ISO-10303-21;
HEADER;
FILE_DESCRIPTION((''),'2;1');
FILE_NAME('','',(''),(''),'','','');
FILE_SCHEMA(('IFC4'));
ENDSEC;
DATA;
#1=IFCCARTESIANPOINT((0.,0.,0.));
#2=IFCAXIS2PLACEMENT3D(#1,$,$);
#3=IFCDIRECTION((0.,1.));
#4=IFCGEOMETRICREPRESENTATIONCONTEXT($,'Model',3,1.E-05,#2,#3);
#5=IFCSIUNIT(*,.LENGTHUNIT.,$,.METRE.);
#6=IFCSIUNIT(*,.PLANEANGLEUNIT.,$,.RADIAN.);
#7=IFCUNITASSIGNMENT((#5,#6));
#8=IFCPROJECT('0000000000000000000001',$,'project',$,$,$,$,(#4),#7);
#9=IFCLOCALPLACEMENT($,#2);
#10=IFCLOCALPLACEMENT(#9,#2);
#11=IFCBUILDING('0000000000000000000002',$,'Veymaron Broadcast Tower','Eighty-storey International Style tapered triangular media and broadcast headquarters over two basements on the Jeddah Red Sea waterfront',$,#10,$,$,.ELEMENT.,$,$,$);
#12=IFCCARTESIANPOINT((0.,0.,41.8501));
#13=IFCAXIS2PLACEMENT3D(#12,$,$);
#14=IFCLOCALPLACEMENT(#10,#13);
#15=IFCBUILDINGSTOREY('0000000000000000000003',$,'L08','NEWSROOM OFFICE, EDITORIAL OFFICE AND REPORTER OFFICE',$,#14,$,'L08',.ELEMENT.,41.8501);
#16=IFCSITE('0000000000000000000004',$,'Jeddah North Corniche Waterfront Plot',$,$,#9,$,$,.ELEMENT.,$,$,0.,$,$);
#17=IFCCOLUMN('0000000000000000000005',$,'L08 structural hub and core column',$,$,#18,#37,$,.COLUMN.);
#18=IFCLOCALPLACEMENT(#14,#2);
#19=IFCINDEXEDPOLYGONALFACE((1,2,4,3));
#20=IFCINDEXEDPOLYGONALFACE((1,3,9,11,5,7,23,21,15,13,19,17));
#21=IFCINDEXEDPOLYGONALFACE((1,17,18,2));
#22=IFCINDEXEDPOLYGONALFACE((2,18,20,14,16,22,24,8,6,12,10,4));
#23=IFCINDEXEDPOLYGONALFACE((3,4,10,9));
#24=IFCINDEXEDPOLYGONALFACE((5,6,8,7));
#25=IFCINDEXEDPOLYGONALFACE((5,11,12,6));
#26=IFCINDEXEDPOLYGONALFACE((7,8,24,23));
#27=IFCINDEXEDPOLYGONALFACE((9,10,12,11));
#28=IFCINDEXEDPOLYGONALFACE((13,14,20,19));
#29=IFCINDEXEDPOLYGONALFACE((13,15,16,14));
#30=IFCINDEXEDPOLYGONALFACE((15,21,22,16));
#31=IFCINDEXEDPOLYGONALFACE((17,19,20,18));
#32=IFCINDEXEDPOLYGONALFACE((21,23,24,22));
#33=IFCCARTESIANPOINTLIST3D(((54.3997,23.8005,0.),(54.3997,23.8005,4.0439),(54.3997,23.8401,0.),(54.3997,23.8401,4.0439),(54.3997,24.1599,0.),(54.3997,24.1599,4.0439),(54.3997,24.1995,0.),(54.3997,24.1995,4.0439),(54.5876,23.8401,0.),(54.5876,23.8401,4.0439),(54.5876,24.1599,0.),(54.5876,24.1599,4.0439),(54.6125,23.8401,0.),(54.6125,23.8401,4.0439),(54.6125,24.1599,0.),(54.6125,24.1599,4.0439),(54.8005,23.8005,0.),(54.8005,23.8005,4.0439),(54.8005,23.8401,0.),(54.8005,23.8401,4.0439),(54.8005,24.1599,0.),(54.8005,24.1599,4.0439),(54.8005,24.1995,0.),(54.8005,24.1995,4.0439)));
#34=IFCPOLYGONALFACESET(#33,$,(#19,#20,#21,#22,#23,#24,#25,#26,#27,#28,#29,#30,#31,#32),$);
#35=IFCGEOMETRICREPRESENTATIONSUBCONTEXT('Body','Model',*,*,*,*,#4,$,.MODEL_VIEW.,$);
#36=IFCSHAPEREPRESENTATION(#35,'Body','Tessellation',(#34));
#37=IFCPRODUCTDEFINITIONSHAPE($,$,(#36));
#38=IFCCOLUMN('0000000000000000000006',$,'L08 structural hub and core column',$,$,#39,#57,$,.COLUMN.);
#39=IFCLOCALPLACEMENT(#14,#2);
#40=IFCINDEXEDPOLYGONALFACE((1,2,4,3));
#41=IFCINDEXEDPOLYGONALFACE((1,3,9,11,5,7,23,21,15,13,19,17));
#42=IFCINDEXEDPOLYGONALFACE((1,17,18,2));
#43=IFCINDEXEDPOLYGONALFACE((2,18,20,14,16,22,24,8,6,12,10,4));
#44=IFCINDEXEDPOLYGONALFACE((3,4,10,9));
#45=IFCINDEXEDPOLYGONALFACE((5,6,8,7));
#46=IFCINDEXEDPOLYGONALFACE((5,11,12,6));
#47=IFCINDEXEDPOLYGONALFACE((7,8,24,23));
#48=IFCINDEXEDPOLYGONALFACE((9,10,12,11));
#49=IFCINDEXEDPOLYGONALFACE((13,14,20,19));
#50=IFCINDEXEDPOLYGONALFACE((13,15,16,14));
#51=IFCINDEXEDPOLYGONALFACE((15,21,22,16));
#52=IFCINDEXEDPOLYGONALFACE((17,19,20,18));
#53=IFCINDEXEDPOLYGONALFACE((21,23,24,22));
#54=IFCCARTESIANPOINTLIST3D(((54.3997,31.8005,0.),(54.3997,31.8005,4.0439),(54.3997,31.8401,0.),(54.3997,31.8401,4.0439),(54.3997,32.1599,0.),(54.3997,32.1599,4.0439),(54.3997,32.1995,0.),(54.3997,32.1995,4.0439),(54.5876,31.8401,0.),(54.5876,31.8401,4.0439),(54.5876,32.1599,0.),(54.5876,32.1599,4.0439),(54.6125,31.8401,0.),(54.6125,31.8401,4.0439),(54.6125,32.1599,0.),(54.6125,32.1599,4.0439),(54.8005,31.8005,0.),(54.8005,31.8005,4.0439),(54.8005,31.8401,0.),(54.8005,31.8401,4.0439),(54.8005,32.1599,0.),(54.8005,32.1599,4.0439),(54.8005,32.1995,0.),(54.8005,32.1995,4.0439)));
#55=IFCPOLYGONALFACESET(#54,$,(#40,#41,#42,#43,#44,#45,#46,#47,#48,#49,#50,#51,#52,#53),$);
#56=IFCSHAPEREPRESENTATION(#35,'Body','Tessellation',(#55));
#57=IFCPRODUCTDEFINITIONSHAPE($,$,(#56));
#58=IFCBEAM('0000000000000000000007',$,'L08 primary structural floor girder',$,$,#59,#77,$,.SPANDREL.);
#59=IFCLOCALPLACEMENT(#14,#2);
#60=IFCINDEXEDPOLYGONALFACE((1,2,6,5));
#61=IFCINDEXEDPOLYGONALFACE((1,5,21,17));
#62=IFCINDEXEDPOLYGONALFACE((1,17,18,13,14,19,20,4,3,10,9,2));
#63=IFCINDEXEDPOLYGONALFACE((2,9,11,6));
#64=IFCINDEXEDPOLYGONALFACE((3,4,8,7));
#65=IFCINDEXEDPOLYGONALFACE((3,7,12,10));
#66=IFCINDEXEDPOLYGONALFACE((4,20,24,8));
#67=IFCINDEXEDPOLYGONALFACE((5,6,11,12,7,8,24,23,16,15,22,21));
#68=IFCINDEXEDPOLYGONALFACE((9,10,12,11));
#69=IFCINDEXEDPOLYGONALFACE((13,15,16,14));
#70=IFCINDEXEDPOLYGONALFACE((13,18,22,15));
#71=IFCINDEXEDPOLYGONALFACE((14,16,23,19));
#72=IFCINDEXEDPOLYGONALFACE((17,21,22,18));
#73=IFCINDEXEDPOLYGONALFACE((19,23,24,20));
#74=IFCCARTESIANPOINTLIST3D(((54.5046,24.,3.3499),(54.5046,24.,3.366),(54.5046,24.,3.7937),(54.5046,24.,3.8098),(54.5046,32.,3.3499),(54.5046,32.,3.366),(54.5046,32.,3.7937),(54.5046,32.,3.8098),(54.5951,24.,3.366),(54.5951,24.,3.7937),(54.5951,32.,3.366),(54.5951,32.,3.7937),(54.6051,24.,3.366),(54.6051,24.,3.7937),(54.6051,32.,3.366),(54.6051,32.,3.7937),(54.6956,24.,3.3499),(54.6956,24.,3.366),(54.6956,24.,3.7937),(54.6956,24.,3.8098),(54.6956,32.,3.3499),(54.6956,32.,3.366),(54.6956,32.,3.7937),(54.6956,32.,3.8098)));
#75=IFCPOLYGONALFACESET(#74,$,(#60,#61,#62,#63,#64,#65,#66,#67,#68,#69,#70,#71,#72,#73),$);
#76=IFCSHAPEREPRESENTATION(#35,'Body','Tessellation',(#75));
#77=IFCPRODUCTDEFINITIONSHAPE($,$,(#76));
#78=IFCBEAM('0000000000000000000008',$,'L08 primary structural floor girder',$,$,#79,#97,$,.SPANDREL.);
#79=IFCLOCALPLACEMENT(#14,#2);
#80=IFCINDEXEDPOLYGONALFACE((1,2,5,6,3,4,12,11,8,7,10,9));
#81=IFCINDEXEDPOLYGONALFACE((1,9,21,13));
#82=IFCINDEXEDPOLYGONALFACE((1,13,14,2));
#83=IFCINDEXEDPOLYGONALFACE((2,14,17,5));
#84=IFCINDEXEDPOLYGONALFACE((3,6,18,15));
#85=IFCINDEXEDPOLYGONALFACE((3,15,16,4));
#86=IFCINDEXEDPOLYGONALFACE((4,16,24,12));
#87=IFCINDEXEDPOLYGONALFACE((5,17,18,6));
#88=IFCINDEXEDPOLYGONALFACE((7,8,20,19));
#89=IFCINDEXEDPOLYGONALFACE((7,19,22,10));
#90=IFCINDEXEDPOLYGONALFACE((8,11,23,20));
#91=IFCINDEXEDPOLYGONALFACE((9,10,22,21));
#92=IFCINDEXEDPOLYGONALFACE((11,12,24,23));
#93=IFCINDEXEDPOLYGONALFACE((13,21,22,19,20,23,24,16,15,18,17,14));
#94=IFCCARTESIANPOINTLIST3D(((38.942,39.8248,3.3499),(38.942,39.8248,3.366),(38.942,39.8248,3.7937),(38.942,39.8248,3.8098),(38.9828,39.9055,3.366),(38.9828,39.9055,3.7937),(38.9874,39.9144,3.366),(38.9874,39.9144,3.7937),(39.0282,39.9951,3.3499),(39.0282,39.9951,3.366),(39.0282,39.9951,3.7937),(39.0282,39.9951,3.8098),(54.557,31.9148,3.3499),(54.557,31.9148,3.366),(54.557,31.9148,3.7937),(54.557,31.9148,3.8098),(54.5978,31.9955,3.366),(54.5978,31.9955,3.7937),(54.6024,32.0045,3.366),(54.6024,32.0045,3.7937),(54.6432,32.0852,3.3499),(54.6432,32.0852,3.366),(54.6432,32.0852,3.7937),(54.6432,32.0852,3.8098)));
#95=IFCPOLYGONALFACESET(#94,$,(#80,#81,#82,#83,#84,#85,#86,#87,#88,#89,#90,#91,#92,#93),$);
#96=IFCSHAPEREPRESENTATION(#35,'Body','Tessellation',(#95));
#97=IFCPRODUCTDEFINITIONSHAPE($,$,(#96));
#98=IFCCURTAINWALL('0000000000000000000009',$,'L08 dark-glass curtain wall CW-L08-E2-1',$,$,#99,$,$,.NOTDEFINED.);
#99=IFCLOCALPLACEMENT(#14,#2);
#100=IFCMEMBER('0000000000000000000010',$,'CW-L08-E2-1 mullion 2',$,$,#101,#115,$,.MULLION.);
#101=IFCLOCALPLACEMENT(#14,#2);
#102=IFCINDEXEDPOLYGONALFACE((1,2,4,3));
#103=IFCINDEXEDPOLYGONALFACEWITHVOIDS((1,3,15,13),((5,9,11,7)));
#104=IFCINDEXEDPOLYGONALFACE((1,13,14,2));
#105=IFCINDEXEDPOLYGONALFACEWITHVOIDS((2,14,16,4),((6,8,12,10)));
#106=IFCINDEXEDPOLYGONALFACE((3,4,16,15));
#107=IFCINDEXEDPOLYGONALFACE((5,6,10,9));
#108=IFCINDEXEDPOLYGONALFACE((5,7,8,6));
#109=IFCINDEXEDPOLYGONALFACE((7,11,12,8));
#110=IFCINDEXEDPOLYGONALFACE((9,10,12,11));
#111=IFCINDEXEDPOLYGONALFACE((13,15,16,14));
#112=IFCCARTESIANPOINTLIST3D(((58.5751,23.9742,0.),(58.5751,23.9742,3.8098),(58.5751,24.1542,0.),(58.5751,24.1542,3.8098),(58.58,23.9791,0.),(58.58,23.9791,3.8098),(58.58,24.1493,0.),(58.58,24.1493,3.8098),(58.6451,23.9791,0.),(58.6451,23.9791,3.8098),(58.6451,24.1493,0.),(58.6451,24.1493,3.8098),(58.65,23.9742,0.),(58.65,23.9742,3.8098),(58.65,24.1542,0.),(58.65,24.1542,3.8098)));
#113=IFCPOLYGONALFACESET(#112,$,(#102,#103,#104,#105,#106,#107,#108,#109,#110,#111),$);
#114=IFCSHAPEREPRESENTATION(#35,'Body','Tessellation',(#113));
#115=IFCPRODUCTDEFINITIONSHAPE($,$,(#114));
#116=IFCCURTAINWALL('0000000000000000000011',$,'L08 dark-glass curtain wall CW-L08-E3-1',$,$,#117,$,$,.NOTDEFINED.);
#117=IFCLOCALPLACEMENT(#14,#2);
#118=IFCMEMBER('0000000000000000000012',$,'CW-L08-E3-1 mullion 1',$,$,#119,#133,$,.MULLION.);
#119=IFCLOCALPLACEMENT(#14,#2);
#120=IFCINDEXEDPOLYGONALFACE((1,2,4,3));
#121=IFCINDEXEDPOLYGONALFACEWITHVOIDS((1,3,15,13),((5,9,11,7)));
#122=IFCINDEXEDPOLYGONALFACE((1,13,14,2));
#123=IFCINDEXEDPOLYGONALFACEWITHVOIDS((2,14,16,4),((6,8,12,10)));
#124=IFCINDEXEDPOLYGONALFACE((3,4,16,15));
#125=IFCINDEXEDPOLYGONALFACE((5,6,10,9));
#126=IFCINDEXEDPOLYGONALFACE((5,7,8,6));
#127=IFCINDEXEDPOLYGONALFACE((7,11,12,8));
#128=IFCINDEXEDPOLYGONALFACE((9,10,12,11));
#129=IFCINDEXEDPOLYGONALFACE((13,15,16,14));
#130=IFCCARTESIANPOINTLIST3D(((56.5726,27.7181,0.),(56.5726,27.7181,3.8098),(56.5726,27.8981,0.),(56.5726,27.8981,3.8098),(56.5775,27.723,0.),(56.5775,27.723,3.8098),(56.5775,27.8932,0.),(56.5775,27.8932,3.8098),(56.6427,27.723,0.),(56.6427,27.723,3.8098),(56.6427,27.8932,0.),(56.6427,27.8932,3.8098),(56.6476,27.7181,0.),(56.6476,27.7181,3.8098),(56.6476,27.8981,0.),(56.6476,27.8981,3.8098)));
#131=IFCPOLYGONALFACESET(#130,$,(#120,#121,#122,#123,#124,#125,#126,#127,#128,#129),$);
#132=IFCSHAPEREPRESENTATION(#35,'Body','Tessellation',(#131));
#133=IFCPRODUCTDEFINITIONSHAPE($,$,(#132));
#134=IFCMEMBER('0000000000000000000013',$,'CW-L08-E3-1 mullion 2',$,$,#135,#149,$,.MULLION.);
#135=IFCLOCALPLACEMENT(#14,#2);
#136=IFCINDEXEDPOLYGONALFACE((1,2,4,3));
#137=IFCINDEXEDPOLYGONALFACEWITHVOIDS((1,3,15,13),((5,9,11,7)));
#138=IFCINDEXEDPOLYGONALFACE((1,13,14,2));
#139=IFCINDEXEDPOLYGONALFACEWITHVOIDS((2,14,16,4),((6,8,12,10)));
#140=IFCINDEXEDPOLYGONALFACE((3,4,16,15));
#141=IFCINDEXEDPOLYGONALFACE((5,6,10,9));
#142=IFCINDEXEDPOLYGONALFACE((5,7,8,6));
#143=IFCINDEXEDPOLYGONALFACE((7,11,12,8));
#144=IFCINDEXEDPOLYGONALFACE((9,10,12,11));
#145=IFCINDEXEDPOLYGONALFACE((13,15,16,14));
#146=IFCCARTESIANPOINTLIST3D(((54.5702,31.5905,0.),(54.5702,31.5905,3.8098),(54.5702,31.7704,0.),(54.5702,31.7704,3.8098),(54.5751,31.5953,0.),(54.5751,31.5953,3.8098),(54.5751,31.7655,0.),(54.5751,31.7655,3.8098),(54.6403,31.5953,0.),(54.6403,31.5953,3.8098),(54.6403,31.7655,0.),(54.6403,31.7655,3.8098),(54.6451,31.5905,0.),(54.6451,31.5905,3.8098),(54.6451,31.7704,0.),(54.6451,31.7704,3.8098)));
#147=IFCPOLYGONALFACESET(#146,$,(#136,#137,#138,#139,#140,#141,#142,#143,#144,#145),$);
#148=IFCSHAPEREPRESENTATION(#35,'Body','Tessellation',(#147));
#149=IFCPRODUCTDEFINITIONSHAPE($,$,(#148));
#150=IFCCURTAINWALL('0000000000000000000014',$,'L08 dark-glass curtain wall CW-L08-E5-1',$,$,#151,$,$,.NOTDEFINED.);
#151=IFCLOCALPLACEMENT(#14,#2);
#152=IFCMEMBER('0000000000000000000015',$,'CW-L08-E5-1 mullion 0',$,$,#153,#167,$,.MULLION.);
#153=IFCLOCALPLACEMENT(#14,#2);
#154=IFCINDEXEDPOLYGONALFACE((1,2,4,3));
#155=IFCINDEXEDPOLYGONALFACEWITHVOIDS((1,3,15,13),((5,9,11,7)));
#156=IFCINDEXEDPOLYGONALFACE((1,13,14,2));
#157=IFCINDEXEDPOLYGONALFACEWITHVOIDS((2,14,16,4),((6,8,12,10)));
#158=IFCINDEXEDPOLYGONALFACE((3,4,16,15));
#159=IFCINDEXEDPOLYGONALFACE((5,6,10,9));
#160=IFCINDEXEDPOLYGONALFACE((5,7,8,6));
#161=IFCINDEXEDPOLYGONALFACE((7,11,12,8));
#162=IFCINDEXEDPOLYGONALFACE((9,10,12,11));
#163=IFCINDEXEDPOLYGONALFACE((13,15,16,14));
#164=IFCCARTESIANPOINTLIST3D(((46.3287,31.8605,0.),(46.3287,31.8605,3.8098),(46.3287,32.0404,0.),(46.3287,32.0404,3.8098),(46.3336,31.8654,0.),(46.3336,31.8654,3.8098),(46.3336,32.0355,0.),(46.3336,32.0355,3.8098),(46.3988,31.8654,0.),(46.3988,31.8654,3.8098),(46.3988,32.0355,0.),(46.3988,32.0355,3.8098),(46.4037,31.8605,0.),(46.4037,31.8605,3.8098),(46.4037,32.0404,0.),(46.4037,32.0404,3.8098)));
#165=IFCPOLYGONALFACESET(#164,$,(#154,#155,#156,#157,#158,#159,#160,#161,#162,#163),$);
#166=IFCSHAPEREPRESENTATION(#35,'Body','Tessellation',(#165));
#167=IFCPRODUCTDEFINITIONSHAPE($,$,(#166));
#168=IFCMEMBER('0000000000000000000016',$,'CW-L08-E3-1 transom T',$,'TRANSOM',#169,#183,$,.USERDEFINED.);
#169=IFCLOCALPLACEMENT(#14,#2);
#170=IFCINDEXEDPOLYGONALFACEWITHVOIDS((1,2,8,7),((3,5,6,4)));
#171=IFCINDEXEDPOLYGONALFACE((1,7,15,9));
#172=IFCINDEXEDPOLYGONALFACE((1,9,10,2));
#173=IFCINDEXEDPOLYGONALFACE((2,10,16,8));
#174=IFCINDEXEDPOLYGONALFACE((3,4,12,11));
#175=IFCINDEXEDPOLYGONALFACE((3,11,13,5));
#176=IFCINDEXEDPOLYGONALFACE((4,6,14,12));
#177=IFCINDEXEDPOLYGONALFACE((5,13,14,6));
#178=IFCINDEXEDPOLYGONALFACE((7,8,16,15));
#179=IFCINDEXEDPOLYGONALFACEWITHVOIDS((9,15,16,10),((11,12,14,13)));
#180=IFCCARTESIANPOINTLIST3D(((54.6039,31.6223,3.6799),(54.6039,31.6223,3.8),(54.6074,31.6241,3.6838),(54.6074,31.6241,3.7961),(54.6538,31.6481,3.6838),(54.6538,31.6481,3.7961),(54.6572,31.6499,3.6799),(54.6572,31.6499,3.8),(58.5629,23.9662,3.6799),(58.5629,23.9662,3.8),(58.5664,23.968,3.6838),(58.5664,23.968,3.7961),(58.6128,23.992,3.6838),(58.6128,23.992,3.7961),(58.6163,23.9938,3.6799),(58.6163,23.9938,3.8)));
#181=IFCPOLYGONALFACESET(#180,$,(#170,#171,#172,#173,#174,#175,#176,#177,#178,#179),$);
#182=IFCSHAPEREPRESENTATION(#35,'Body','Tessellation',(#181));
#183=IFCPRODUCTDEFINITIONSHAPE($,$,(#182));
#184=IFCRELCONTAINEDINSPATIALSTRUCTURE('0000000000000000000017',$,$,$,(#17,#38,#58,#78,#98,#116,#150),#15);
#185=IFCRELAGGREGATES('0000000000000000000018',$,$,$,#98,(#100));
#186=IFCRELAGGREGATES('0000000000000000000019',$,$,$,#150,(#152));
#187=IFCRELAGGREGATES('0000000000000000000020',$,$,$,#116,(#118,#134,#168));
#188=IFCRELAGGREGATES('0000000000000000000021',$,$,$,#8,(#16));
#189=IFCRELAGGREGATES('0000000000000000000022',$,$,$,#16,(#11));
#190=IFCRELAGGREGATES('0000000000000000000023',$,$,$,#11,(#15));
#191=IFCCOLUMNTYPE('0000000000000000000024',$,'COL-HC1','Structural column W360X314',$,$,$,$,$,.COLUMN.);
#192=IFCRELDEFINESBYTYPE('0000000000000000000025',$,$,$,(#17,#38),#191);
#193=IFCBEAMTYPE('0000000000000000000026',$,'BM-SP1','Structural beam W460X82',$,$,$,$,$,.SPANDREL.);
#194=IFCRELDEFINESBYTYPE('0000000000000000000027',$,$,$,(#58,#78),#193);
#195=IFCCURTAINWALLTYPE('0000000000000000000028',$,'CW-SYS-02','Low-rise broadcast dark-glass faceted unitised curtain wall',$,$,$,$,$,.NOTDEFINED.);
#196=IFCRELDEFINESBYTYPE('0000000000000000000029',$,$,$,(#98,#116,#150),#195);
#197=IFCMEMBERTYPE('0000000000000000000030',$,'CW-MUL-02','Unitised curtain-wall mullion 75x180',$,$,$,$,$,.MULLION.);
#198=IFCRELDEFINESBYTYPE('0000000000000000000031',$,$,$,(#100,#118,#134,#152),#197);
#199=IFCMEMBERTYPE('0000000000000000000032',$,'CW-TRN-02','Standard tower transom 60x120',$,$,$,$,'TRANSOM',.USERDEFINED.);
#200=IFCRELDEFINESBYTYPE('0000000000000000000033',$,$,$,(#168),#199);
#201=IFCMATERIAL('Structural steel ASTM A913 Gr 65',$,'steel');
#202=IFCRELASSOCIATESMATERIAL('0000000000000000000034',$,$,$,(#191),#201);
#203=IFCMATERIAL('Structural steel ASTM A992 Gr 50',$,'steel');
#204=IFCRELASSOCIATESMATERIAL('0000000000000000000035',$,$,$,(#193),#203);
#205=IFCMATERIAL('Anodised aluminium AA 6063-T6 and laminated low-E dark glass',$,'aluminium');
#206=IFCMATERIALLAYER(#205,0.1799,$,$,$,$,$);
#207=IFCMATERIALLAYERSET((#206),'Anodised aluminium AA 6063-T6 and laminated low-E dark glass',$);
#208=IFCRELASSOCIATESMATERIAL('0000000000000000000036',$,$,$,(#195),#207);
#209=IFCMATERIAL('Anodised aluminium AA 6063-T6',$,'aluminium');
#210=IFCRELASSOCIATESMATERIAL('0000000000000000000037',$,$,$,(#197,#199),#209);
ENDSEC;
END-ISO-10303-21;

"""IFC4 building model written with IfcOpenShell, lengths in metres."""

from ifc_helpers import new_model, si_unit, direction, frame, origin, origin_2d, place, context, subcontext, project, spatial, hollow_rectangle, i_section, extrude, material, layer, layer_set, material_profile, profile_set, type_object, element, aggregate, save


model = new_model("IFC4")

# Units and contexts
model_context = context("Model", 3, precision=1e-05, world=origin(), true_north=direction((0.0, 1.0)))
body_context = subcontext(model_context, "Body", "Model", "MODEL_VIEW")
ifc_project = project(units=[si_unit("LENGTHUNIT", "METRE"), si_unit("PLANEANGLEUNIT", "RADIAN")], contexts=[model_context])

# Site, building, storey
site_placement = place(None, origin())
site = spatial("IfcSite", under=ifc_project, at=site_placement, Name="Jeddah North Corniche Waterfront Plot", CompositionType="ELEMENT", RefElevation=0.0)
building_placement = place(site_placement, origin())
building = spatial("IfcBuilding", under=site, at=building_placement, Name="Veymaron Broadcast Tower", Description="Eighty-storey International Style tapered triangular media and broadcast headquarters over two basements on the Jeddah Red Sea waterfront", CompositionType="ELEMENT")
storey_placement = place(building_placement, frame((0.0, 0.0, 41.8501)))
storey = spatial("IfcBuildingStorey", under=building, at=storey_placement, Name="L08", Description="NEWSROOM OFFICE, EDITORIAL OFFICE AND REPORTER OFFICE", LongName="L08", CompositionType="ELEMENT", Elevation=41.8501)

# Columns
ifc_material_1 = material(Name="Structural steel ASTM A913 Gr 65", Category="steel")
ifc_material_profile_1 = material_profile(ifc_material_1, i_section(OverallWidth=0.4009, OverallDepth=0.3989, WebThickness=0.0249, FlangeThickness=0.0396, at=origin_2d()), Name="W360X314")
ifc_profile_set_1 = profile_set([ifc_material_profile_1], Name="Structural steel ASTM A913 Gr 65")
column_type = type_object("IfcColumnType", Name="COL-HC1", Description="Structural column W360X314", PredefinedType="COLUMN", material=ifc_profile_set_1)
for number, where, z_axis, x_axis, name in (
    (1, (54.6001, 24.0, 0.0), (0.0, 0.0, 1.0), (1.0, 0.0, 0.0), "L08 structural hub and core column"),
    (2, (54.6001, 32.0, 0.0), (0.0, 0.0, 1.0), (1.0, 0.0, 0.0), "L08 structural hub and core column"),
):
    element("IfcColumn", number, at=place(storey_placement, frame(where, z_axis=z_axis, x_axis=x_axis)), inside=storey, type_object=column_type, Name=name, PredefinedType="COLUMN", context=body_context, shape_type="SweptSolid", body=[
        extrude(i_section(OverallWidth=0.4009, OverallDepth=0.3989, WebThickness=0.0249, FlangeThickness=0.0396, at=origin_2d()), origin(), (0.0, 0.0, 1.0), 4.0439),
    ])

# Beams
ifc_material_2 = material(Name="Structural steel ASTM A992 Gr 50", Category="steel")
ifc_material_profile_2 = material_profile(ifc_material_2, i_section(OverallWidth=0.1909, OverallDepth=0.46, WebThickness=0.01, FlangeThickness=0.0161, at=origin_2d()), Name="W460X82")
ifc_profile_set_2 = profile_set([ifc_material_profile_2], Name="Structural steel ASTM A992 Gr 50")
beam_type = type_object("IfcBeamType", Name="BM-SP1", Description="Structural beam W460X82", PredefinedType="SPANDREL", material=ifc_profile_set_2)
beam_1_placement = place(storey_placement, frame((54.6001, 24.0, 3.5798), z_axis=(0.0, 1.0, 0.0), x_axis=(-1.0, 0.0, 0.0)))
element("IfcBeam", 3, at=beam_1_placement, inside=storey, type_object=beam_type, Name="L08 primary structural floor girder", PredefinedType="SPANDREL", context=body_context, shape_type="SweptSolid", body=[
    extrude(i_section(OverallWidth=0.1909, OverallDepth=0.46, WebThickness=0.01, FlangeThickness=0.0161, at=origin_2d()), origin(), (0.0, 0.0, 1.0), 8.0),
])
beam_2_placement = place(storey_placement, frame((54.6001, 32.0, 3.5798), z_axis=(-0.892075, 0.451888, 0.0), x_axis=(-0.451888, -0.892075, 0.0)))
element("IfcBeam", 4, at=beam_2_placement, inside=storey, type_object=beam_type, Name="L08 primary structural floor girder", PredefinedType="SPANDREL", context=body_context, shape_type="SweptSolid", body=[
    extrude(i_section(OverallWidth=0.1909, OverallDepth=0.46, WebThickness=0.01, FlangeThickness=0.0161, at=origin_2d()), origin(), (0.0, 0.0, 1.0), 17.5042),
])

# Curtain wall, member
ifc_material_3 = material(Name="Anodised aluminium AA 6063-T6 and laminated low-E dark glass", Category="aluminium")
ifc_layer_1 = layer(ifc_material_3, 0.1799)
ifc_layer_set_1 = layer_set([ifc_layer_1], Name="Anodised aluminium AA 6063-T6 and laminated low-E dark glass")
curtain_wall_type = type_object("IfcCurtainWallType", Name="CW-SYS-02", Description="Low-rise broadcast dark-glass faceted unitised curtain wall", PredefinedType="NOTDEFINED", material=ifc_layer_set_1)
curtain_wall_1_placement = place(storey_placement, origin())
curtain_wall_1 = element("IfcCurtainWall", 5, at=curtain_wall_1_placement, inside=storey, type_object=curtain_wall_type, Name="L08 dark-glass curtain wall CW-L08-E2-1", PredefinedType="NOTDEFINED")
ifc_material_4 = material(Name="Anodised aluminium AA 6063-T6", Category="aluminium")
ifc_material_profile_3 = material_profile(ifc_material_4, hollow_rectangle(XDim=0.075, YDim=0.1799, WallThickness=0.0049, at=origin_2d()), Name="AL180X75X5")
ifc_profile_set_3 = profile_set([ifc_material_profile_3], Name="Anodised aluminium AA 6063-T6")
member_type_1 = type_object("IfcMemberType", Name="CW-MUL-02", Description="Unitised curtain-wall mullion 75x180", PredefinedType="MULLION", material=ifc_profile_set_3)
member_1_placement = place(storey_placement, frame((58.6125, 24.0642, 0.0), z_axis=(0.0, 0.0, 1.0), x_axis=(1.0, 0.0, 0.0)))
member_1 = element("IfcMember", 6, at=member_1_placement, type_object=member_type_1, Name="CW-L08-E2-1 mullion 2", PredefinedType="MULLION", context=body_context, shape_type="SweptSolid", body=[
    extrude(hollow_rectangle(XDim=0.075, YDim=0.1799, WallThickness=0.0049, at=origin_2d()), origin(), (0.0, 0.0, 1.0), 3.8098),
])
aggregate(curtain_wall_1, [member_1])

# Curtain wall, members
curtain_wall_2_placement = place(storey_placement, origin())
curtain_wall_2 = element("IfcCurtainWall", 7, at=curtain_wall_2_placement, inside=storey, type_object=curtain_wall_type, Name="L08 dark-glass curtain wall CW-L08-E3-1", PredefinedType="NOTDEFINED")
member_2_placement = place(storey_placement, frame((56.6101, 27.8081, 0.0), z_axis=(0.0, 0.0, 1.0), x_axis=(1.0, 0.0, 0.0)))
member_2 = element("IfcMember", 8, at=member_2_placement, type_object=member_type_1, Name="CW-L08-E3-1 mullion 1", PredefinedType="MULLION", context=body_context, shape_type="SweptSolid", body=[
    extrude(hollow_rectangle(XDim=0.075, YDim=0.1799, WallThickness=0.0049, at=origin_2d()), origin(), (0.0, 0.0, 1.0), 3.8098),
])
member_3_placement = place(storey_placement, frame((54.6077, 31.6804, 0.0), z_axis=(0.0, 0.0, 1.0), x_axis=(1.0, 0.0, 0.0)))
member_3 = element("IfcMember", 9, at=member_3_placement, type_object=member_type_1, Name="CW-L08-E3-1 mullion 2", PredefinedType="MULLION", context=body_context, shape_type="SweptSolid", body=[
    extrude(hollow_rectangle(XDim=0.075, YDim=0.1799, WallThickness=0.0049, at=origin_2d()), origin(), (0.0, 0.0, 1.0), 3.8098),
])

# Curtain wall, member
curtain_wall_3_placement = place(storey_placement, origin())
curtain_wall_3 = element("IfcCurtainWall", 10, at=curtain_wall_3_placement, inside=storey, type_object=curtain_wall_type, Name="L08 dark-glass curtain wall CW-L08-E5-1", PredefinedType="NOTDEFINED")
member_4_placement = place(storey_placement, frame((46.3662, 31.9504, 0.0), z_axis=(0.0, 0.0, 1.0), x_axis=(1.0, 0.0, 0.0)))
member_4 = element("IfcMember", 11, at=member_4_placement, type_object=member_type_1, Name="CW-L08-E5-1 mullion 0", PredefinedType="MULLION", context=body_context, shape_type="SweptSolid", body=[
    extrude(hollow_rectangle(XDim=0.075, YDim=0.1799, WallThickness=0.0049, at=origin_2d()), origin(), (0.0, 0.0, 1.0), 3.8098),
])

# Member
ifc_material_profile_4 = material_profile(ifc_material_4, hollow_rectangle(XDim=0.0601, YDim=0.1201, WallThickness=0.0039, at=origin_2d()), Name="AL120X60X4")
ifc_profile_set_4 = profile_set([ifc_material_profile_4], Name="Anodised aluminium AA 6063-T6")
member_type_2 = type_object("IfcMemberType", Name="CW-TRN-02", Description="Standard tower transom 60x120", ElementType="TRANSOM", PredefinedType="USERDEFINED", material=ifc_profile_set_4)
member_5_placement = place(storey_placement, frame((58.5896, 23.98, 3.74), z_axis=(-0.45933, 0.888266, 0.0), x_axis=(-0.888266, -0.45933, 0.0)))
member_5 = element("IfcMember", 12, at=member_5_placement, type_object=member_type_2, Name="CW-L08-E3-1 transom T", ObjectType="TRANSOM", PredefinedType="USERDEFINED", context=body_context, shape_type="SweptSolid", body=[
    extrude(hollow_rectangle(XDim=0.0601, YDim=0.1201, WallThickness=0.0039, at=origin_2d()), origin(), (0.0, 0.0, 1.0), 8.6191),
])
aggregate(curtain_wall_3, [member_4])

aggregate(curtain_wall_2, [member_2, member_3, member_5])

save(model, "model.ifc")
